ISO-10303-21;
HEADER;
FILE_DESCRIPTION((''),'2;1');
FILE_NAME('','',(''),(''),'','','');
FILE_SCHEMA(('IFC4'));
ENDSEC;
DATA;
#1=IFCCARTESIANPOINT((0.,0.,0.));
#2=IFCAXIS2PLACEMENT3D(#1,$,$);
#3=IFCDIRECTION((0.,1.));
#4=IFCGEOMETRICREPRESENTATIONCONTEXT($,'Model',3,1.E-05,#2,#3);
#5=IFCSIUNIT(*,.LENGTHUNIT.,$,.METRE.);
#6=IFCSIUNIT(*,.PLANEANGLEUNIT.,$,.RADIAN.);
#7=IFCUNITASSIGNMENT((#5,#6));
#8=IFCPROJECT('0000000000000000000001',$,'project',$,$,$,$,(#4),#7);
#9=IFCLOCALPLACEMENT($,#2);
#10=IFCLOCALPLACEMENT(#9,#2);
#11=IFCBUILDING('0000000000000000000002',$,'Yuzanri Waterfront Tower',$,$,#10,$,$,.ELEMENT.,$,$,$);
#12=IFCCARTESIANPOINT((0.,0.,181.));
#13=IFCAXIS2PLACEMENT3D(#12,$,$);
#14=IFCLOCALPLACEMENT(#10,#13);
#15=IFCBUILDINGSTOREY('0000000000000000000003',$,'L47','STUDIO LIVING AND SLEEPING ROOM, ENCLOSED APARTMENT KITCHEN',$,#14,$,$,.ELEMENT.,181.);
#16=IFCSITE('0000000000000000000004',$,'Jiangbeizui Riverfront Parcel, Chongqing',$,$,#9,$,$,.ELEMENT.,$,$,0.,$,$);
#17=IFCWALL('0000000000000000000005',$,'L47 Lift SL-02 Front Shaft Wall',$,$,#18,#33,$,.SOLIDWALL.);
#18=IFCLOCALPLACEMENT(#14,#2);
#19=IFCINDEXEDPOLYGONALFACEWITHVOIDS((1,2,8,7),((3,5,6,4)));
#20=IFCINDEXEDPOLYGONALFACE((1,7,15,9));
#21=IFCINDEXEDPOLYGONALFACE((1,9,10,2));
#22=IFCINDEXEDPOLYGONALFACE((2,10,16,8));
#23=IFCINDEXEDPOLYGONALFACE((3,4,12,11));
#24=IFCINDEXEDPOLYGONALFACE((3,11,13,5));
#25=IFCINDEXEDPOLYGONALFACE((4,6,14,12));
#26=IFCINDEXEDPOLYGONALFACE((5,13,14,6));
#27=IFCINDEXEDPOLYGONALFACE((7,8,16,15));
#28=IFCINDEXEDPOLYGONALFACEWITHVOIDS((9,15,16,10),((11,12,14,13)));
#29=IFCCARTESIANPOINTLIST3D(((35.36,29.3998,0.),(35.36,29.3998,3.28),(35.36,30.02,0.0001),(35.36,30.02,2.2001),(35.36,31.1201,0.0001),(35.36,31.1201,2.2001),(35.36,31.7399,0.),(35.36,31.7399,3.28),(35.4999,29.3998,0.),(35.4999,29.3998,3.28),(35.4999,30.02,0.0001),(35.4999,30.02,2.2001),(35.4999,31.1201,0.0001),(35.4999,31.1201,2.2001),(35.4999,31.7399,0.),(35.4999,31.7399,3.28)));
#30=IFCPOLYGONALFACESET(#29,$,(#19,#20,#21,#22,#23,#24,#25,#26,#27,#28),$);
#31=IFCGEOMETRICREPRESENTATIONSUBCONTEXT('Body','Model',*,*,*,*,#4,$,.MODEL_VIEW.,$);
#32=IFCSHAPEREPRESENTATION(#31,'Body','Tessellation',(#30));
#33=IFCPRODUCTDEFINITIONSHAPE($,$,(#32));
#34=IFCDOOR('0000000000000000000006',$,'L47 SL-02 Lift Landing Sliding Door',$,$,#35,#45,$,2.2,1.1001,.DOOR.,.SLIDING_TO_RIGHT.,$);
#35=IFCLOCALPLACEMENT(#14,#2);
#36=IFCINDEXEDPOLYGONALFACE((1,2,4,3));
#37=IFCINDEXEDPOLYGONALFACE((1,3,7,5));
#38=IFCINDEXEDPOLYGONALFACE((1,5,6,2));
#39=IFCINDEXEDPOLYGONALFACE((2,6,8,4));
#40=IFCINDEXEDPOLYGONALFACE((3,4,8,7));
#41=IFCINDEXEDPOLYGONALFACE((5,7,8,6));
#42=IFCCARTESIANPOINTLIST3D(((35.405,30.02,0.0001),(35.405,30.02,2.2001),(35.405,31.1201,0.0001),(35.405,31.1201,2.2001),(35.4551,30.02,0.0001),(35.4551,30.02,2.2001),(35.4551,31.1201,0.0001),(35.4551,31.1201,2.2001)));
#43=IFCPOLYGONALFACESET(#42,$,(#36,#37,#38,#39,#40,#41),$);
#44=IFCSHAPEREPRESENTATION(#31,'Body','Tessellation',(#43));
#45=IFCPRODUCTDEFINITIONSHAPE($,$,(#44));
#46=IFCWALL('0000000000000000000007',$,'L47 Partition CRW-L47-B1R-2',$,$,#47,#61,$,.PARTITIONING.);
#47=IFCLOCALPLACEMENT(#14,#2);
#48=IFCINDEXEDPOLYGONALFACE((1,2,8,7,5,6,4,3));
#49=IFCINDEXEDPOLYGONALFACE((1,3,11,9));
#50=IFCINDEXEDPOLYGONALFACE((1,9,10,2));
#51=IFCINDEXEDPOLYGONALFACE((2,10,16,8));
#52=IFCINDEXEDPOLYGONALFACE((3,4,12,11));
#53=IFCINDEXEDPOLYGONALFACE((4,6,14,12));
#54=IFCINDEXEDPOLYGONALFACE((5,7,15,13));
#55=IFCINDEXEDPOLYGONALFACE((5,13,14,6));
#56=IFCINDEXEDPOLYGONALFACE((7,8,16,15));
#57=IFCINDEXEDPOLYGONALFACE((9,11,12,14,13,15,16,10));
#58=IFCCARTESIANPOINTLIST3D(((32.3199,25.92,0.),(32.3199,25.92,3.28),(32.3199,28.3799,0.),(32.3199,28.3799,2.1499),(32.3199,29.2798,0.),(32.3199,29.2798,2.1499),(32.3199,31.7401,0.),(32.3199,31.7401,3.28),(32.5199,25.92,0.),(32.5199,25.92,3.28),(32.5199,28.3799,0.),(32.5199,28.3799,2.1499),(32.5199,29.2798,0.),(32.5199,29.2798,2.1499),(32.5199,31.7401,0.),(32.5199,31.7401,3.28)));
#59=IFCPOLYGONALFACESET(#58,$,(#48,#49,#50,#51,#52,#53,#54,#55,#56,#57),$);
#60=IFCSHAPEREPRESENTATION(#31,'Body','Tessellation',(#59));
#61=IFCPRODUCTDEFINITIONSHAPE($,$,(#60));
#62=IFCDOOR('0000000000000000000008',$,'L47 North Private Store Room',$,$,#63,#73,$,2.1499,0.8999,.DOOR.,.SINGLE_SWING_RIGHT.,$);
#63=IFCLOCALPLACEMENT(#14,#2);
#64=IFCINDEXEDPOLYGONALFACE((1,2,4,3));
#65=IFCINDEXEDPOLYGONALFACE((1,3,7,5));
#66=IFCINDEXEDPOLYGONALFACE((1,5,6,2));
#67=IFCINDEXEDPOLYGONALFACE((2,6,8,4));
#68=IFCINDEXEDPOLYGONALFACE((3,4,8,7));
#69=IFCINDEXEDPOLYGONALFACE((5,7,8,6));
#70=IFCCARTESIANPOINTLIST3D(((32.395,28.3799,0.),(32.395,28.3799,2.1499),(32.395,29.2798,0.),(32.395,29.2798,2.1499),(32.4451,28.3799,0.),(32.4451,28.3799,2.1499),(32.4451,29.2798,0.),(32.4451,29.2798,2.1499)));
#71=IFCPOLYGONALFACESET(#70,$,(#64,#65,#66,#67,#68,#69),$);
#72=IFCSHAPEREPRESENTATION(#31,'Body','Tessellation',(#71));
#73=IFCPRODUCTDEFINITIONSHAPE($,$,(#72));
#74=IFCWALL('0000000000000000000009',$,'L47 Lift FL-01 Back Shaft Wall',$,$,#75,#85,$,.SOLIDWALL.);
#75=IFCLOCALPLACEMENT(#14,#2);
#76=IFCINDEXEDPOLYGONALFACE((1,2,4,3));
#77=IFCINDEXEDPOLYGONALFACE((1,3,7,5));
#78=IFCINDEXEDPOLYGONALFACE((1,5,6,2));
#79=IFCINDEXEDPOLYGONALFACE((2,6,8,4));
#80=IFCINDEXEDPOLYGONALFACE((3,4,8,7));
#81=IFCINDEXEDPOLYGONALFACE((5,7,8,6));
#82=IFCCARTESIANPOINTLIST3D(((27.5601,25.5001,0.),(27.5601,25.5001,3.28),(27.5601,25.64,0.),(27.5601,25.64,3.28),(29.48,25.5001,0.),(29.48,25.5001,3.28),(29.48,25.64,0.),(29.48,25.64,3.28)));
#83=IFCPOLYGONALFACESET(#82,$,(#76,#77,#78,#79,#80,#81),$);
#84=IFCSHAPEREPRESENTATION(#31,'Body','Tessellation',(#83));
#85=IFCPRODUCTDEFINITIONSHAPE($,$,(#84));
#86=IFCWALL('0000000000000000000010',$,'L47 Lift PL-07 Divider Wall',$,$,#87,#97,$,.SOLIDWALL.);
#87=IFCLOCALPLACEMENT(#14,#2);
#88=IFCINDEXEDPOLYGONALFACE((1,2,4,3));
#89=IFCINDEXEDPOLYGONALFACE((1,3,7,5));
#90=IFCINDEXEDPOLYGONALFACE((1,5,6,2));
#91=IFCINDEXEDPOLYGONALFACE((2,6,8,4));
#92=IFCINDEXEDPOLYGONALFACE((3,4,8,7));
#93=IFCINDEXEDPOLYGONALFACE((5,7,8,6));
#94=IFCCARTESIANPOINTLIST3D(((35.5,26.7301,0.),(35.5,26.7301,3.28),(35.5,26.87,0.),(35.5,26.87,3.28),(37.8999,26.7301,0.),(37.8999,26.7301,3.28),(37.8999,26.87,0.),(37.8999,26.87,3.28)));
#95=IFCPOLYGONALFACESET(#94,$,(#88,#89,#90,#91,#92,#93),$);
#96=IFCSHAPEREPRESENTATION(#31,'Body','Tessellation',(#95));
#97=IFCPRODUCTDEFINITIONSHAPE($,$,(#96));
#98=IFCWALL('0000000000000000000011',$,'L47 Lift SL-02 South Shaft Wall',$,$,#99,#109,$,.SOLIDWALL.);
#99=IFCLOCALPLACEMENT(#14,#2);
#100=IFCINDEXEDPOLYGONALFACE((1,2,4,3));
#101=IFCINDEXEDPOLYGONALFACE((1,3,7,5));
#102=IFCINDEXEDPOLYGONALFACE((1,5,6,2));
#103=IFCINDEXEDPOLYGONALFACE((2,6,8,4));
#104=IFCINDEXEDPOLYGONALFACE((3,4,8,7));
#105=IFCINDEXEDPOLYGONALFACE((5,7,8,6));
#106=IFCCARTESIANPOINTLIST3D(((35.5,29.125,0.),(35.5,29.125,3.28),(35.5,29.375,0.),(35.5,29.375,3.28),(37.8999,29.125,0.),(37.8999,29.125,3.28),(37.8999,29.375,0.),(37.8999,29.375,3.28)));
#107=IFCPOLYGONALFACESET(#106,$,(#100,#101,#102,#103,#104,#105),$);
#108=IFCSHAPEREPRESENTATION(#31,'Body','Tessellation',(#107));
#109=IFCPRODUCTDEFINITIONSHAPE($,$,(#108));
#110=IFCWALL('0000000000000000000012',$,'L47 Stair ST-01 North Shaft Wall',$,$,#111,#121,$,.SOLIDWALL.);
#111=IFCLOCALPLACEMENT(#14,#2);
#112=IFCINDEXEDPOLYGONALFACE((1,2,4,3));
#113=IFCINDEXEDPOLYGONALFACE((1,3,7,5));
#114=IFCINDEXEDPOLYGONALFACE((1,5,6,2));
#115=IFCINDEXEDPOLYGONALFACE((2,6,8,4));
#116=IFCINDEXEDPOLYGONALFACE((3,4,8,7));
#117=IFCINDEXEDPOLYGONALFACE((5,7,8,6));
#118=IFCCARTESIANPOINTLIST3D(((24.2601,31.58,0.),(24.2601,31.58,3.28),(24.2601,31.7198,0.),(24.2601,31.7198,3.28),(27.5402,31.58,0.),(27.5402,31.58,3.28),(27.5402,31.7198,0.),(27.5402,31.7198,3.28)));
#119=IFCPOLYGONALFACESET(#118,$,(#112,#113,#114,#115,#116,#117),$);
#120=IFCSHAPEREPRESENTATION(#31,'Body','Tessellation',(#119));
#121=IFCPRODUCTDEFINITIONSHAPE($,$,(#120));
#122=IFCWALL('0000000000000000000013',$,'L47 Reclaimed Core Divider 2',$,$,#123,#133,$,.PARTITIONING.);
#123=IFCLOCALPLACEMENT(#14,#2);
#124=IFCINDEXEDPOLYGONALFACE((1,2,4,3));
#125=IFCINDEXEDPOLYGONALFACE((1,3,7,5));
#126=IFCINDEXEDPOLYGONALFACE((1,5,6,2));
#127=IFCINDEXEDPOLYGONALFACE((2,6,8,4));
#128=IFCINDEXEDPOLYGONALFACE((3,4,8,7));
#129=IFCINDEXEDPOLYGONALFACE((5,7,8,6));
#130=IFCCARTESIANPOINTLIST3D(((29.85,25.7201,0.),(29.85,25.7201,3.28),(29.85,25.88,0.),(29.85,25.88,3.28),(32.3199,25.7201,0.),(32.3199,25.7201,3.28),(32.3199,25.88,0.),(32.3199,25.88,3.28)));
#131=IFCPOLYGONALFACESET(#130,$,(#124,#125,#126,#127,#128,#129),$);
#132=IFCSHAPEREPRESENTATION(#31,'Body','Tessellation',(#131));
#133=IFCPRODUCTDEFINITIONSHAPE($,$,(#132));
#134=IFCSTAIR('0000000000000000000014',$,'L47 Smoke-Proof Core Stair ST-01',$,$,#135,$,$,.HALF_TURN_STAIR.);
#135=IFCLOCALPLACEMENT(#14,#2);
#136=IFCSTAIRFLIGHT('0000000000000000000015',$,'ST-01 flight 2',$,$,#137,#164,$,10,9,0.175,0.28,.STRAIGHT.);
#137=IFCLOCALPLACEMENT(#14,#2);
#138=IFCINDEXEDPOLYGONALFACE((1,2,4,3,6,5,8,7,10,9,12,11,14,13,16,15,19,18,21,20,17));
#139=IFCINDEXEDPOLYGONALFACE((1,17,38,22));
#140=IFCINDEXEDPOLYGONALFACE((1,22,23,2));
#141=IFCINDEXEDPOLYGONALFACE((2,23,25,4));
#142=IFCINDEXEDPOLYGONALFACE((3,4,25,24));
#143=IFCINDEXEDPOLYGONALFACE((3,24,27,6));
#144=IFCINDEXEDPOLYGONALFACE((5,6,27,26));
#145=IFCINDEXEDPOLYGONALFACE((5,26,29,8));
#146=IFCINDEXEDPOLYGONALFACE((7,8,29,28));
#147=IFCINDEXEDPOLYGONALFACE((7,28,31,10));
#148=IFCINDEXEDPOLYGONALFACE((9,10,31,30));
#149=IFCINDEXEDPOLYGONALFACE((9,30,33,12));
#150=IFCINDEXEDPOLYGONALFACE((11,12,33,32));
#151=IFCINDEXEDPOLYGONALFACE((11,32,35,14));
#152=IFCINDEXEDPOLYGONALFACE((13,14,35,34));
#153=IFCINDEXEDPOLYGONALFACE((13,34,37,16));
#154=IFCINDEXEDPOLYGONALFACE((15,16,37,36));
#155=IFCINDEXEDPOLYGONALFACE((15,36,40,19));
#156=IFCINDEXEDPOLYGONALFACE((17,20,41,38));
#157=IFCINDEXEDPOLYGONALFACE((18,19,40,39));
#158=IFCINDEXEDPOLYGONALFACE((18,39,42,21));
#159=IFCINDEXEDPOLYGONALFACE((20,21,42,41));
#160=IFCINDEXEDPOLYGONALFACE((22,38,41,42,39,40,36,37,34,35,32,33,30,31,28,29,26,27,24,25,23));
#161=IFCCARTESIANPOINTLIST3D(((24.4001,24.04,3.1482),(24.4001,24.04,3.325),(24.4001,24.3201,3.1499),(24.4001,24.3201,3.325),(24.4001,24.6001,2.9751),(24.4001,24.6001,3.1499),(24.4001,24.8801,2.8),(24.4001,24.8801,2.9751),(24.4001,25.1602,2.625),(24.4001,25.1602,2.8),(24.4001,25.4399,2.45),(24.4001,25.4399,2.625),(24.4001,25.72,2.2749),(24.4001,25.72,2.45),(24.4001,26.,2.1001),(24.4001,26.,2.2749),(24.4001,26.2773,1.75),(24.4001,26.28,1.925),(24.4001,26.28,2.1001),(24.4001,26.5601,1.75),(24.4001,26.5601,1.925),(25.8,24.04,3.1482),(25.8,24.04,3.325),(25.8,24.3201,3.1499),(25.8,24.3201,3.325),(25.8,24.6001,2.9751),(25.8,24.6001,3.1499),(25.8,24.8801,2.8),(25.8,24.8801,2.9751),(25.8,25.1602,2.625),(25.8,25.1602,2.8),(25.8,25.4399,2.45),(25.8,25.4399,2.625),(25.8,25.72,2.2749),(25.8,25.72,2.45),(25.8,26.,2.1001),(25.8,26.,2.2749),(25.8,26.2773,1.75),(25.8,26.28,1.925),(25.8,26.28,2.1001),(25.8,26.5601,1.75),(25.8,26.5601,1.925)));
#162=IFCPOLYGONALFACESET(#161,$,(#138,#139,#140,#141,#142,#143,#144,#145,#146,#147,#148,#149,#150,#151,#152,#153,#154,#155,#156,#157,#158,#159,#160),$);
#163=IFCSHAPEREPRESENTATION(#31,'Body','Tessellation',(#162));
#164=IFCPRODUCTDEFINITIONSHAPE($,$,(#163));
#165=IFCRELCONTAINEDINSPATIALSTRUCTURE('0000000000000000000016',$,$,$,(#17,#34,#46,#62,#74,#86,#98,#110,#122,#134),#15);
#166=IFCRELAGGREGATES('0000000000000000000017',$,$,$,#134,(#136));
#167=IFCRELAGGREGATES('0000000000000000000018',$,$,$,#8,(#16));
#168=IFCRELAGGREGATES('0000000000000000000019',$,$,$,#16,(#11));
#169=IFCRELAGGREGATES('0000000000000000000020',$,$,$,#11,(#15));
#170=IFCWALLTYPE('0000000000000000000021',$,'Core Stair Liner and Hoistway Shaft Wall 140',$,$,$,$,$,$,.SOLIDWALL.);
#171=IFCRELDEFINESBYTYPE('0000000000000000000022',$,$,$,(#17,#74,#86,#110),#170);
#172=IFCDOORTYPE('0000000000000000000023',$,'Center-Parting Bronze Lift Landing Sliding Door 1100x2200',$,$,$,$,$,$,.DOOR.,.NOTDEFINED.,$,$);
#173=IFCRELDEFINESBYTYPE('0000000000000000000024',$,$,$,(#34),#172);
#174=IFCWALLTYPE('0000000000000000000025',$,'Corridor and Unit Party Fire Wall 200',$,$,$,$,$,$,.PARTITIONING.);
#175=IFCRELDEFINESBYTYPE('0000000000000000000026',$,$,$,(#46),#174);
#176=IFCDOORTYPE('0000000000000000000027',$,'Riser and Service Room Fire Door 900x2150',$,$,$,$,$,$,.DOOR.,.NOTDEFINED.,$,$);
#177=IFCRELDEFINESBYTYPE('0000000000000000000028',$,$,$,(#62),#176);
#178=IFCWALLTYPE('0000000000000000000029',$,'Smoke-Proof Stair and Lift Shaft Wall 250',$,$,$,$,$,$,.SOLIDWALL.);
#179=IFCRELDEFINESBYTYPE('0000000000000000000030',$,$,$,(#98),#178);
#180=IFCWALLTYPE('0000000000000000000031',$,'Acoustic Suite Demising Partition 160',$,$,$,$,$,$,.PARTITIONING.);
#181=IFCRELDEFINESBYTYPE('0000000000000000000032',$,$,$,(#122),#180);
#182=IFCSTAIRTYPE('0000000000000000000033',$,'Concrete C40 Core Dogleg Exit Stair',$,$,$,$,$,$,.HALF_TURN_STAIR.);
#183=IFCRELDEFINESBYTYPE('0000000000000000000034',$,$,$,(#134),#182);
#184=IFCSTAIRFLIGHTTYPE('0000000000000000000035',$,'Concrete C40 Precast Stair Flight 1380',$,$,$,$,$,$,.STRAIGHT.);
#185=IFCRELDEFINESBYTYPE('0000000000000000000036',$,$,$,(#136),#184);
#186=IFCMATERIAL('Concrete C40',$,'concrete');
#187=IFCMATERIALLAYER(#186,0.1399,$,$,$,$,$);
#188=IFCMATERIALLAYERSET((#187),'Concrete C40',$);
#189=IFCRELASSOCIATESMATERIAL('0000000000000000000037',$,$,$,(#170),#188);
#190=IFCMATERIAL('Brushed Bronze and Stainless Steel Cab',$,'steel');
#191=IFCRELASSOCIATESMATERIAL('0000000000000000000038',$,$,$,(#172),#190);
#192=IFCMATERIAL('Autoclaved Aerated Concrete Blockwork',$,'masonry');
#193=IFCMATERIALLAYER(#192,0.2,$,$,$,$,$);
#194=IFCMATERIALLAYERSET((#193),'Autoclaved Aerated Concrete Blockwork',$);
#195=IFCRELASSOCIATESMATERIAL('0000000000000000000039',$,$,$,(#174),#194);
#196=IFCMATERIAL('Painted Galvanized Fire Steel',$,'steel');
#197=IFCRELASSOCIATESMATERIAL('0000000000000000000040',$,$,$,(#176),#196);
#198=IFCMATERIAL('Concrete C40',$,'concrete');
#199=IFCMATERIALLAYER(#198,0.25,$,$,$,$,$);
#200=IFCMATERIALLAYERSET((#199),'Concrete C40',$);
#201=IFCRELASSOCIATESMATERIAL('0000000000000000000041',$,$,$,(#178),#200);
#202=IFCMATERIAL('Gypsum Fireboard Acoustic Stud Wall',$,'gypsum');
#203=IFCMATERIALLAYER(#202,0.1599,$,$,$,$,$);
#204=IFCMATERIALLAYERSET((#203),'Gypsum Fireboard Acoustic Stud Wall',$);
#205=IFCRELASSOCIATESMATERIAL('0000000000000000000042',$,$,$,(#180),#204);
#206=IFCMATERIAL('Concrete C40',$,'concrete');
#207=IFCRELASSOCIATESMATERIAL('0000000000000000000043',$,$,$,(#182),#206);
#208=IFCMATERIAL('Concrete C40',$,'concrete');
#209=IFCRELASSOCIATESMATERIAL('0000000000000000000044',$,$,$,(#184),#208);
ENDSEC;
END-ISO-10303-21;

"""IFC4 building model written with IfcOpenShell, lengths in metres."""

from ifc_helpers import new_model, si_unit, direction, frame, frame_2d, origin, place, context, subcontext, project, spatial, polyline, rectangle, outline, extrude, source, transform, mapped, material, layer, layer_set, type_object, element, fill, aggregate, save


model = new_model("IFC4")

# Units and contexts
model_context = context("Model", 3, precision=1e-05, world=origin(), true_north=direction((0.0, 1.0)))
body_context = subcontext(model_context, "Body", "Model", "MODEL_VIEW")
ifc_project = project(units=[si_unit("LENGTHUNIT", "METRE"), si_unit("PLANEANGLEUNIT", "RADIAN")], contexts=[model_context])

# Site, building, storey
site_placement = place(None, origin())
site = spatial("IfcSite", under=ifc_project, at=site_placement, Name="Jiangbeizui Riverfront Parcel, Chongqing", CompositionType="ELEMENT", RefElevation=0.0)
building_placement = place(site_placement, origin())
building = spatial("IfcBuilding", under=site, at=building_placement, Name="Yuzanri Waterfront Tower", CompositionType="ELEMENT")
storey_placement = place(building_placement, frame((0.0, 0.0, 181.0)))
storey = spatial("IfcBuildingStorey", under=building, at=storey_placement, Name="L47", Description="STUDIO LIVING AND SLEEPING ROOM, ENCLOSED APARTMENT KITCHEN", CompositionType="ELEMENT", Elevation=181.0)

# Walls, openings, doors
ifc_material_1 = material(Name="Concrete C40", Category="concrete")
ifc_layer_1 = layer(ifc_material_1, 0.1399)
ifc_layer_set_1 = layer_set([ifc_layer_1], Name="Concrete C40")
wall_type_1 = type_object("IfcWallType", Name="Core Stair Liner and Hoistway Shaft Wall 140", PredefinedType="SOLIDWALL", material=ifc_layer_set_1)
ifc_material_2 = material(Name="Brushed Bronze and Stainless Steel Cab", Category="steel")
door_type_1 = type_object("IfcDoorType", Name="Center-Parting Bronze Lift Landing Sliding Door 1100x2200", OperationType="NOTDEFINED", PredefinedType="DOOR", material=ifc_material_2)
shared_shape_1 = source(origin(), body_context, "Body", "SweptSolid", [
    extrude(rectangle(XDim=1.1001, YDim=2.2, at=frame_2d((0.55, 1.1001))), frame((0.0, 0.0249, 0.0), z_axis=(0.0, -1.0, 0.0), x_axis=(1.0, 0.0, 0.0)), (0.0, 0.0, 1.0), 0.05),
])
wall_1_placement = place(storey_placement, frame((35.4299, 29.3999, 0.0), z_axis=(0.0, 0.0, 1.0), x_axis=(0.0, 1.0, 0.0)))
wall_1 = element("IfcWall", 1, at=wall_1_placement, inside=storey, type_object=wall_type_1, Name="L47 Lift SL-02 Front Shaft Wall", PredefinedType="SOLIDWALL", context=body_context, shape_type="SweptSolid", body=[
    extrude(rectangle(XDim=2.3401, YDim=0.1399, at=frame_2d((1.1699, 0.0))), origin(), (0.0, 0.0, 1.0), 3.28),
])
opening_1_placement = place(wall_1_placement, frame((0.6201, 0.0, 0.0)))
opening_1 = element("IfcOpeningElement", 2, at=opening_1_placement, cuts=wall_1, PredefinedType="OPENING", context=body_context, shape_type="SweptSolid", body=[
    extrude(rectangle(XDim=1.1001, YDim=2.2, at=frame_2d((0.55, 1.1001))), frame((0.0, 0.085, 0.0), z_axis=(0.0, -1.0, 0.0), x_axis=(1.0, 0.0, 0.0)), (0.0, 0.0, 1.0), 0.1697),
])
door_1_placement = place(opening_1_placement, origin())
door_1 = element("IfcDoor", 3, at=door_1_placement, inside=storey, type_object=door_type_1, Name="L47 SL-02 Lift Landing Sliding Door", OperationType="SLIDING_TO_RIGHT", OverallHeight=2.2, OverallWidth=1.1001, PredefinedType="DOOR", context=body_context, shape_type="MappedRepresentation", body=[
    mapped(shared_shape_1, transform((0.0, 0.0, 0.0), scale=1.0)),
])
fill(opening_1, door_1)
ifc_material_3 = material(Name="Autoclaved Aerated Concrete Blockwork", Category="masonry")
ifc_layer_2 = layer(ifc_material_3, 0.2)
ifc_layer_set_2 = layer_set([ifc_layer_2], Name="Autoclaved Aerated Concrete Blockwork")
wall_type_2 = type_object("IfcWallType", Name="Corridor and Unit Party Fire Wall 200", PredefinedType="PARTITIONING", material=ifc_layer_set_2)
ifc_material_4 = material(Name="Painted Galvanized Fire Steel", Category="steel")
door_type_2 = type_object("IfcDoorType", Name="Riser and Service Room Fire Door 900x2150", OperationType="NOTDEFINED", PredefinedType="DOOR", material=ifc_material_4)
shared_shape_2 = source(origin(), body_context, "Body", "SweptSolid", [
    extrude(rectangle(XDim=0.8999, YDim=2.1499, at=frame_2d((0.45, 1.075))), frame((0.0, 0.0249, 0.0), z_axis=(0.0, -1.0, 0.0), x_axis=(1.0, 0.0, 0.0)), (0.0, 0.0, 1.0), 0.05),
])
wall_2_placement = place(storey_placement, frame((32.4199, 25.9199, 0.0), z_axis=(0.0, 0.0, 1.0), x_axis=(0.0, 1.0, 0.0)))
wall_2 = element("IfcWall", 4, at=wall_2_placement, inside=storey, type_object=wall_type_2, Name="L47 Partition CRW-L47-B1R-2", PredefinedType="PARTITIONING", context=body_context, shape_type="SweptSolid", body=[
    extrude(rectangle(XDim=5.8201, YDim=0.2, at=frame_2d((2.9102, 0.0))), origin(), (0.0, 0.0, 1.0), 3.28),
])
opening_2_placement = place(wall_2_placement, frame((2.46, 0.0, 0.0)))
opening_2 = element("IfcOpeningElement", 5, at=opening_2_placement, cuts=wall_2, PredefinedType="OPENING", context=body_context, shape_type="SweptSolid", body=[
    extrude(rectangle(XDim=0.8999, YDim=2.1499, at=frame_2d((0.45, 1.075))), frame((0.0, 0.1147, 0.0), z_axis=(0.0, -1.0, 0.0), x_axis=(1.0, 0.0, 0.0)), (0.0, 0.0, 1.0), 0.2297),
])
door_2_placement = place(opening_2_placement, origin())
door_2 = element("IfcDoor", 6, at=door_2_placement, inside=storey, type_object=door_type_2, Name="L47 North Private Store Room", OperationType="SINGLE_SWING_RIGHT", OverallHeight=2.1499, OverallWidth=0.8999, PredefinedType="DOOR", context=body_context, shape_type="MappedRepresentation", body=[
    mapped(shared_shape_2, transform((0.0, 0.0, 0.0), scale=1.0)),
])
fill(opening_2, door_2)

# Walls
shared_shape_3 = source(origin(), body_context, "Body", "SweptSolid", [
    extrude(rectangle(XDim=1.9199, YDim=0.1399, at=frame_2d((0.96, 0.0))), origin(), (0.0, 0.0, 1.0), 3.28),
])
wall_3_placement = place(storey_placement, frame((27.5601, 25.5701, 0.0), z_axis=(0.0, 0.0, 1.0), x_axis=(1.0, 0.0, 0.0)))
element("IfcWall", 7, at=wall_3_placement, inside=storey, type_object=wall_type_1, Name="L47 Lift FL-01 Back Shaft Wall", PredefinedType="SOLIDWALL", context=body_context, shape_type="MappedRepresentation", body=[
    mapped(shared_shape_3, transform((0.0, 0.0, 0.0), scale=1.0)),
])
shared_shape_4 = source(origin(), body_context, "Body", "SweptSolid", [
    extrude(rectangle(XDim=2.3999, YDim=0.1399, at=frame_2d((1.2, 0.0))), origin(), (0.0, 0.0, 1.0), 3.28),
])
wall_4_placement = place(storey_placement, frame((35.5, 26.8, 0.0), z_axis=(0.0, 0.0, 1.0), x_axis=(1.0, 0.0, 0.0)))
element("IfcWall", 8, at=wall_4_placement, inside=storey, type_object=wall_type_1, Name="L47 Lift PL-07 Divider Wall", PredefinedType="SOLIDWALL", context=body_context, shape_type="MappedRepresentation", body=[
    mapped(shared_shape_4, transform((0.0, 0.0, 0.0), scale=1.0)),
])
ifc_material_5 = material(Name="Concrete C40", Category="concrete")
ifc_layer_3 = layer(ifc_material_5, 0.25)
ifc_layer_set_3 = layer_set([ifc_layer_3], Name="Concrete C40")
wall_type_3 = type_object("IfcWallType", Name="Smoke-Proof Stair and Lift Shaft Wall 250", PredefinedType="SOLIDWALL", material=ifc_layer_set_3)
shared_shape_5 = source(origin(), body_context, "Body", "SweptSolid", [
    extrude(rectangle(XDim=2.3999, YDim=0.25, at=frame_2d((1.2, 0.0))), origin(), (0.0, 0.0, 1.0), 3.28),
])
wall_5_placement = place(storey_placement, frame((35.5, 29.25, 0.0), z_axis=(0.0, 0.0, 1.0), x_axis=(1.0, 0.0, 0.0)))
element("IfcWall", 9, at=wall_5_placement, inside=storey, type_object=wall_type_3, Name="L47 Lift SL-02 South Shaft Wall", PredefinedType="SOLIDWALL", context=body_context, shape_type="MappedRepresentation", body=[
    mapped(shared_shape_5, transform((0.0, 0.0, 0.0), scale=1.0)),
])
shared_shape_6 = source(origin(), body_context, "Body", "SweptSolid", [
    extrude(rectangle(XDim=3.28, YDim=0.1399, at=frame_2d((1.6401, 0.0))), origin(), (0.0, 0.0, 1.0), 3.28),
])
wall_6_placement = place(storey_placement, frame((24.26, 31.6499, 0.0), z_axis=(0.0, 0.0, 1.0), x_axis=(1.0, 0.0, 0.0)))
element("IfcWall", 10, at=wall_6_placement, inside=storey, type_object=wall_type_1, Name="L47 Stair ST-01 North Shaft Wall", PredefinedType="SOLIDWALL", context=body_context, shape_type="MappedRepresentation", body=[
    mapped(shared_shape_6, transform((0.0, 0.0, 0.0), scale=1.0)),
])
ifc_material_6 = material(Name="Gypsum Fireboard Acoustic Stud Wall", Category="gypsum")
ifc_layer_4 = layer(ifc_material_6, 0.1599)
ifc_layer_set_4 = layer_set([ifc_layer_4], Name="Gypsum Fireboard Acoustic Stud Wall")
wall_type_4 = type_object("IfcWallType", Name="Acoustic Suite Demising Partition 160", PredefinedType="PARTITIONING", material=ifc_layer_set_4)
shared_shape_7 = source(origin(), body_context, "Body", "SweptSolid", [
    extrude(rectangle(XDim=2.47, YDim=0.1599, at=frame_2d((1.2349, 0.0))), origin(), (0.0, 0.0, 1.0), 3.28),
])
wall_7_placement = place(storey_placement, frame((29.8501, 25.8, 0.0), z_axis=(0.0, 0.0, 1.0), x_axis=(1.0, 0.0, 0.0)))
element("IfcWall", 11, at=wall_7_placement, inside=storey, type_object=wall_type_4, Name="L47 Reclaimed Core Divider 2", PredefinedType="PARTITIONING", context=body_context, shape_type="MappedRepresentation", body=[
    mapped(shared_shape_7, transform((0.0, 0.0, 0.0), scale=1.0)),
])

# Stair, stair flight
ifc_material_7 = material(Name="Concrete C40", Category="concrete")
stair_type = type_object("IfcStairType", Name="Concrete C40 Core Dogleg Exit Stair", PredefinedType="HALF_TURN_STAIR", material=ifc_material_7)
stair_placement = place(storey_placement, origin())
stair = element("IfcStair", 12, at=stair_placement, inside=storey, type_object=stair_type, Name="L47 Smoke-Proof Core Stair ST-01", PredefinedType="HALF_TURN_STAIR")
ifc_material_8 = material(Name="Concrete C40", Category="concrete")
stair_flight_type = type_object("IfcStairFlightType", Name="Concrete C40 Precast Stair Flight 1380", PredefinedType="STRAIGHT", material=ifc_material_8)
shared_shape_8 = source(origin(), body_context, "Body", "SweptSolid", [
    extrude(outline(polyline([(0.0, 0.0), (0.0, 0.175), (0.28, 0.175), (0.28, 0.3501), (0.5601, 0.3501), (0.5601, 0.5249), (0.8401, 0.5249), (0.8401, 0.7), (1.1201, 0.7), (1.1201, 0.875), (1.3999, 0.875), (1.3999, 1.05), (1.6799, 1.05), (1.6799, 1.2251), (1.96, 1.2251), (1.96, 1.3999), (2.24, 1.3999), (2.24, 1.575), (2.52, 1.575), (2.52, 1.75), (2.52, 1.3982), (0.2827, 0.0), (0.0, 0.0)])), frame((0.0, 0.7, 0.0), z_axis=(0.0, -1.0, 0.0), x_axis=(1.0, 0.0, 0.0)), (0.0, 0.0, 1.0), 1.3999),
])
stair_flight_placement = place(storey_placement, frame((25.1001, 26.5601, 1.75), z_axis=(0.0, 0.0, 1.0), x_axis=(0.0, -1.0, 0.0)))
stair_flight = element("IfcStairFlight", 13, at=stair_flight_placement, type_object=stair_flight_type, Name="ST-01 flight 2", NumberOfRisers=10, NumberOfTreads=9, PredefinedType="STRAIGHT", RiserHeight=0.175, TreadLength=0.28, context=body_context, shape_type="MappedRepresentation", body=[
    mapped(shared_shape_8, transform((0.0, 0.0, 0.0), scale=1.0)),
])
aggregate(stair, [stair_flight])

save(model, "model.ifc")
